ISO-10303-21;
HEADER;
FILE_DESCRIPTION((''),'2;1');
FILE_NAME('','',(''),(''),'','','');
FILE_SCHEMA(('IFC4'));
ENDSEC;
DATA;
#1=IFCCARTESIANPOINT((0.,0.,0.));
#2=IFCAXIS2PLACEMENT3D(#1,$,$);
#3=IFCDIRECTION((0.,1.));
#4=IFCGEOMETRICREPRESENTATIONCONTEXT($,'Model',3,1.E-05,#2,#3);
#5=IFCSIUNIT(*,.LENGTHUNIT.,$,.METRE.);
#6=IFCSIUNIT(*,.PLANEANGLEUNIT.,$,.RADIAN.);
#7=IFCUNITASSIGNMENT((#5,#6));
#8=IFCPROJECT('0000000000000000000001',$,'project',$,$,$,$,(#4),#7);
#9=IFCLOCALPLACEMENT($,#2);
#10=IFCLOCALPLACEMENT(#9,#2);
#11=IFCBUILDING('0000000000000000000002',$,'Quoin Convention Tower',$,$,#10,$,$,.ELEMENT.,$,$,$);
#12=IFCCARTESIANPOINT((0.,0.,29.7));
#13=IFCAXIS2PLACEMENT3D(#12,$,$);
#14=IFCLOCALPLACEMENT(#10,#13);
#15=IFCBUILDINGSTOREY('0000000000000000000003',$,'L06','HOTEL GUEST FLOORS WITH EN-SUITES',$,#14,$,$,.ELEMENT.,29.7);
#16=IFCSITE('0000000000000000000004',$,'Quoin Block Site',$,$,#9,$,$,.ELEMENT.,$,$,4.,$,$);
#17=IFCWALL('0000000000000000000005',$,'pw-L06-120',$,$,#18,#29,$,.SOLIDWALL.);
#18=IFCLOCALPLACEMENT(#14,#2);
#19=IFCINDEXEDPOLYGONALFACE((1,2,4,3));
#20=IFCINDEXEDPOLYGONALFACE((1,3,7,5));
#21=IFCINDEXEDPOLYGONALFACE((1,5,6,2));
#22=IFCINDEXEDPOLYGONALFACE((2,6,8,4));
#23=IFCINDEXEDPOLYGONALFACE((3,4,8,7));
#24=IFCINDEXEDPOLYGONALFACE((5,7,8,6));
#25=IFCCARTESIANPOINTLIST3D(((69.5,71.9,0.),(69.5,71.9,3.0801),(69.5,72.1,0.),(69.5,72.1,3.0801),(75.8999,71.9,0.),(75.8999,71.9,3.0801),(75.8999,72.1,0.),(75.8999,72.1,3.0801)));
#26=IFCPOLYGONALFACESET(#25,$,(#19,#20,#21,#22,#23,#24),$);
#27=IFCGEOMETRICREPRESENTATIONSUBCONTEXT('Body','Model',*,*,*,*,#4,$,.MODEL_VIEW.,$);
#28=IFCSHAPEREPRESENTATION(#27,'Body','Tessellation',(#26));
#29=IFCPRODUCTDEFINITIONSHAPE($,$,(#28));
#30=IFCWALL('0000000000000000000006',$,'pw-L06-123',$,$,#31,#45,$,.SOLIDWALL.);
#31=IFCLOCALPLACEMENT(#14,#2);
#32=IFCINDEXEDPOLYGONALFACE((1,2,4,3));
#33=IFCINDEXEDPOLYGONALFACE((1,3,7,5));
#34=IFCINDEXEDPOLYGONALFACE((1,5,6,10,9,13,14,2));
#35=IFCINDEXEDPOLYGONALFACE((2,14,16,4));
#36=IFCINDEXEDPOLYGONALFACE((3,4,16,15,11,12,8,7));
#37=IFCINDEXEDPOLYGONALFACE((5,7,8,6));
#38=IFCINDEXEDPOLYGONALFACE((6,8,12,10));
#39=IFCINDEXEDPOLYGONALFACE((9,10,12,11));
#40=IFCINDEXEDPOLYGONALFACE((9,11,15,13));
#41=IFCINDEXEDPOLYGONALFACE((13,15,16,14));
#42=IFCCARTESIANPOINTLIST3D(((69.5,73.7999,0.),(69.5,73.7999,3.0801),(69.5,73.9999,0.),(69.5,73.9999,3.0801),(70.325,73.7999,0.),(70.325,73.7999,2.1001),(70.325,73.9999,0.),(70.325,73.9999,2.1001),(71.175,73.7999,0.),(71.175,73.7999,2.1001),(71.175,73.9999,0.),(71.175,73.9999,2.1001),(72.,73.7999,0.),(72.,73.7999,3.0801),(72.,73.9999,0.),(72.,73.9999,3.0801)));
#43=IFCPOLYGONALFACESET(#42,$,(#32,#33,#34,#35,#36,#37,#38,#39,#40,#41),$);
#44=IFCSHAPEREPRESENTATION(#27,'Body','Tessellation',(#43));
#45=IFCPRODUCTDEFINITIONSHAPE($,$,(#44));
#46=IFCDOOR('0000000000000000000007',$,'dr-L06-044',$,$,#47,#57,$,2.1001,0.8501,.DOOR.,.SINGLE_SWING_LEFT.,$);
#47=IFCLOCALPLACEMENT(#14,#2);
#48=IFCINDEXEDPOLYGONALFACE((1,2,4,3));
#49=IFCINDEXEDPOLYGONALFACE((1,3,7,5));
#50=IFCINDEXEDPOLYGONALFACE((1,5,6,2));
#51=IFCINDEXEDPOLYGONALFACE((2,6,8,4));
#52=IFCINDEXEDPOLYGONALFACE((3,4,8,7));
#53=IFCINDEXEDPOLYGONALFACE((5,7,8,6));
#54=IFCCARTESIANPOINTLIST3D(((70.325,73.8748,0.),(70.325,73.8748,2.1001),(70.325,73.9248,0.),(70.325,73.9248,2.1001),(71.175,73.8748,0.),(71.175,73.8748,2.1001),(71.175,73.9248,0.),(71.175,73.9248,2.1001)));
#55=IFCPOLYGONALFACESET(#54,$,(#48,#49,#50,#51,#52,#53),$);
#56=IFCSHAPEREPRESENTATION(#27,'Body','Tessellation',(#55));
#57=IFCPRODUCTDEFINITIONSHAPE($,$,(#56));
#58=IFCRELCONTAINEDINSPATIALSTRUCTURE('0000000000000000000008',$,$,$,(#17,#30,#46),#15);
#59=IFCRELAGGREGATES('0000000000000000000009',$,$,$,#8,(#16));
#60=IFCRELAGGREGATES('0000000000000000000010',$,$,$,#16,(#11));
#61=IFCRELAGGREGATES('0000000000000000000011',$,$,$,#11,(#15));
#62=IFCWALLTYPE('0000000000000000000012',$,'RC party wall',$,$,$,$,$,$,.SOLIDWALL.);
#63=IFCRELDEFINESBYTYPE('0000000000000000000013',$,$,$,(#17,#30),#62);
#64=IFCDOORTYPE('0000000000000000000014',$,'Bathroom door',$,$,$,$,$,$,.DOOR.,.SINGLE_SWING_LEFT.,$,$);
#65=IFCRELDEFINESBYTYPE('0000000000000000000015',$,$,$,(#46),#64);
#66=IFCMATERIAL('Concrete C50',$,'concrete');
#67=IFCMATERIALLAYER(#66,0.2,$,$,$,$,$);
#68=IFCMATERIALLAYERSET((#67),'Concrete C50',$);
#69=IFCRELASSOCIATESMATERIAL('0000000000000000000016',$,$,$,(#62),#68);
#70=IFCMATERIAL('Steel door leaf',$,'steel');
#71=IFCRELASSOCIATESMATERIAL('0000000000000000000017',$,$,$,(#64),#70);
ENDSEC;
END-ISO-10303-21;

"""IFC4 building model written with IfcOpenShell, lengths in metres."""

from ifc_helpers import new_model, si_unit, direction, frame, frame_2d, origin, place, context, subcontext, project, spatial, rectangle, extrude, material, layer, layer_set, type_object, element, fill, save


model = new_model("IFC4")

# Units and contexts
model_context = context("Model", 3, precision=1e-05, world=origin(), true_north=direction((0.0, 1.0)))
body_context = subcontext(model_context, "Body", "Model", "MODEL_VIEW")
ifc_project = project(units=[si_unit("LENGTHUNIT", "METRE"), si_unit("PLANEANGLEUNIT", "RADIAN")], contexts=[model_context])

# Site, building, storey
site_placement = place(None, origin())
site = spatial("IfcSite", under=ifc_project, at=site_placement, Name="Quoin Block Site", CompositionType="ELEMENT", RefElevation=4.0)
building_placement = place(site_placement, origin())
building = spatial("IfcBuilding", under=site, at=building_placement, Name="Quoin Convention Tower", CompositionType="ELEMENT")
storey_placement = place(building_placement, frame((0.0, 0.0, 29.7)))
storey = spatial("IfcBuildingStorey", under=building, at=storey_placement, Name="L06", Description="HOTEL GUEST FLOORS WITH EN-SUITES", CompositionType="ELEMENT", Elevation=29.7)

# Shared definitions
ifc_material_1 = material(Name="Concrete C50", Category="concrete")
ifc_layer = layer(ifc_material_1, 0.2)
ifc_layer_set = layer_set([ifc_layer], Name="Concrete C50")
wall_type = type_object("IfcWallType", Name="RC party wall", PredefinedType="SOLIDWALL", material=ifc_layer_set)

# Shared definitions
ifc_material_2 = material(Name="Steel door leaf", Category="steel")
door_type = type_object("IfcDoorType", Name="Bathroom door", OperationType="SINGLE_SWING_LEFT", PredefinedType="DOOR", material=ifc_material_2)

# Wall
wall_1_placement = place(storey_placement, frame((69.5, 72.0, 0.0), z_axis=(0.0, 0.0, 1.0), x_axis=(1.0, 0.0, 0.0)))
element("IfcWall", 1, at=wall_1_placement, inside=storey, type_object=wall_type, Name="pw-L06-120", PredefinedType="SOLIDWALL", context=body_context, shape_type="SweptSolid", body=[
    extrude(rectangle(XDim=6.3999, YDim=0.2, at=frame_2d((3.2, 0.0))), origin(), (0.0, 0.0, 1.0), 3.0801),
])

# Wall, opening, door
wall_2_placement = place(storey_placement, frame((69.5, 73.8999, 0.0), z_axis=(0.0, 0.0, 1.0), x_axis=(1.0, 0.0, 0.0)))
wall_2 = element("IfcWall", 2, at=wall_2_placement, inside=storey, type_object=wall_type, Name="pw-L06-123", PredefinedType="SOLIDWALL", context=body_context, shape_type="SweptSolid", body=[
    extrude(rectangle(XDim=2.5, YDim=0.2, at=frame_2d((1.25, 0.0))), origin(), (0.0, 0.0, 1.0), 3.0801),
])
opening_1_placement = place(wall_2_placement, frame((0.825, 0.0, 0.0)))
opening_1 = element("IfcOpeningElement", 3, at=opening_1_placement, cuts=wall_2, PredefinedType="OPENING", context=body_context, shape_type="SweptSolid", body=[
    extrude(rectangle(XDim=0.8501, YDim=2.1001, at=frame_2d((0.425, 1.05))), frame((0.0, 0.1099, 0.0), z_axis=(0.0, -1.0, 0.0), x_axis=(1.0, 0.0, 0.0)), (0.0, 0.0, 1.0), 0.22),
])
door_1_placement = place(opening_1_placement, origin())
door_1 = element("IfcDoor", 4, at=door_1_placement, inside=storey, type_object=door_type, Name="dr-L06-044", OperationType="SINGLE_SWING_LEFT", OverallHeight=2.1001, OverallWidth=0.8501, PredefinedType="DOOR", context=body_context, shape_type="SweptSolid", body=[
    extrude(rectangle(XDim=0.8501, YDim=2.1001, at=frame_2d((0.425, 1.05))), frame((0.0, 0.0249, 0.0), z_axis=(0.0, -1.0, 0.0), x_axis=(1.0, 0.0, 0.0)), (0.0, 0.0, 1.0), 0.05),
])
fill(opening_1, door_1)

save(model, "model.ifc")
